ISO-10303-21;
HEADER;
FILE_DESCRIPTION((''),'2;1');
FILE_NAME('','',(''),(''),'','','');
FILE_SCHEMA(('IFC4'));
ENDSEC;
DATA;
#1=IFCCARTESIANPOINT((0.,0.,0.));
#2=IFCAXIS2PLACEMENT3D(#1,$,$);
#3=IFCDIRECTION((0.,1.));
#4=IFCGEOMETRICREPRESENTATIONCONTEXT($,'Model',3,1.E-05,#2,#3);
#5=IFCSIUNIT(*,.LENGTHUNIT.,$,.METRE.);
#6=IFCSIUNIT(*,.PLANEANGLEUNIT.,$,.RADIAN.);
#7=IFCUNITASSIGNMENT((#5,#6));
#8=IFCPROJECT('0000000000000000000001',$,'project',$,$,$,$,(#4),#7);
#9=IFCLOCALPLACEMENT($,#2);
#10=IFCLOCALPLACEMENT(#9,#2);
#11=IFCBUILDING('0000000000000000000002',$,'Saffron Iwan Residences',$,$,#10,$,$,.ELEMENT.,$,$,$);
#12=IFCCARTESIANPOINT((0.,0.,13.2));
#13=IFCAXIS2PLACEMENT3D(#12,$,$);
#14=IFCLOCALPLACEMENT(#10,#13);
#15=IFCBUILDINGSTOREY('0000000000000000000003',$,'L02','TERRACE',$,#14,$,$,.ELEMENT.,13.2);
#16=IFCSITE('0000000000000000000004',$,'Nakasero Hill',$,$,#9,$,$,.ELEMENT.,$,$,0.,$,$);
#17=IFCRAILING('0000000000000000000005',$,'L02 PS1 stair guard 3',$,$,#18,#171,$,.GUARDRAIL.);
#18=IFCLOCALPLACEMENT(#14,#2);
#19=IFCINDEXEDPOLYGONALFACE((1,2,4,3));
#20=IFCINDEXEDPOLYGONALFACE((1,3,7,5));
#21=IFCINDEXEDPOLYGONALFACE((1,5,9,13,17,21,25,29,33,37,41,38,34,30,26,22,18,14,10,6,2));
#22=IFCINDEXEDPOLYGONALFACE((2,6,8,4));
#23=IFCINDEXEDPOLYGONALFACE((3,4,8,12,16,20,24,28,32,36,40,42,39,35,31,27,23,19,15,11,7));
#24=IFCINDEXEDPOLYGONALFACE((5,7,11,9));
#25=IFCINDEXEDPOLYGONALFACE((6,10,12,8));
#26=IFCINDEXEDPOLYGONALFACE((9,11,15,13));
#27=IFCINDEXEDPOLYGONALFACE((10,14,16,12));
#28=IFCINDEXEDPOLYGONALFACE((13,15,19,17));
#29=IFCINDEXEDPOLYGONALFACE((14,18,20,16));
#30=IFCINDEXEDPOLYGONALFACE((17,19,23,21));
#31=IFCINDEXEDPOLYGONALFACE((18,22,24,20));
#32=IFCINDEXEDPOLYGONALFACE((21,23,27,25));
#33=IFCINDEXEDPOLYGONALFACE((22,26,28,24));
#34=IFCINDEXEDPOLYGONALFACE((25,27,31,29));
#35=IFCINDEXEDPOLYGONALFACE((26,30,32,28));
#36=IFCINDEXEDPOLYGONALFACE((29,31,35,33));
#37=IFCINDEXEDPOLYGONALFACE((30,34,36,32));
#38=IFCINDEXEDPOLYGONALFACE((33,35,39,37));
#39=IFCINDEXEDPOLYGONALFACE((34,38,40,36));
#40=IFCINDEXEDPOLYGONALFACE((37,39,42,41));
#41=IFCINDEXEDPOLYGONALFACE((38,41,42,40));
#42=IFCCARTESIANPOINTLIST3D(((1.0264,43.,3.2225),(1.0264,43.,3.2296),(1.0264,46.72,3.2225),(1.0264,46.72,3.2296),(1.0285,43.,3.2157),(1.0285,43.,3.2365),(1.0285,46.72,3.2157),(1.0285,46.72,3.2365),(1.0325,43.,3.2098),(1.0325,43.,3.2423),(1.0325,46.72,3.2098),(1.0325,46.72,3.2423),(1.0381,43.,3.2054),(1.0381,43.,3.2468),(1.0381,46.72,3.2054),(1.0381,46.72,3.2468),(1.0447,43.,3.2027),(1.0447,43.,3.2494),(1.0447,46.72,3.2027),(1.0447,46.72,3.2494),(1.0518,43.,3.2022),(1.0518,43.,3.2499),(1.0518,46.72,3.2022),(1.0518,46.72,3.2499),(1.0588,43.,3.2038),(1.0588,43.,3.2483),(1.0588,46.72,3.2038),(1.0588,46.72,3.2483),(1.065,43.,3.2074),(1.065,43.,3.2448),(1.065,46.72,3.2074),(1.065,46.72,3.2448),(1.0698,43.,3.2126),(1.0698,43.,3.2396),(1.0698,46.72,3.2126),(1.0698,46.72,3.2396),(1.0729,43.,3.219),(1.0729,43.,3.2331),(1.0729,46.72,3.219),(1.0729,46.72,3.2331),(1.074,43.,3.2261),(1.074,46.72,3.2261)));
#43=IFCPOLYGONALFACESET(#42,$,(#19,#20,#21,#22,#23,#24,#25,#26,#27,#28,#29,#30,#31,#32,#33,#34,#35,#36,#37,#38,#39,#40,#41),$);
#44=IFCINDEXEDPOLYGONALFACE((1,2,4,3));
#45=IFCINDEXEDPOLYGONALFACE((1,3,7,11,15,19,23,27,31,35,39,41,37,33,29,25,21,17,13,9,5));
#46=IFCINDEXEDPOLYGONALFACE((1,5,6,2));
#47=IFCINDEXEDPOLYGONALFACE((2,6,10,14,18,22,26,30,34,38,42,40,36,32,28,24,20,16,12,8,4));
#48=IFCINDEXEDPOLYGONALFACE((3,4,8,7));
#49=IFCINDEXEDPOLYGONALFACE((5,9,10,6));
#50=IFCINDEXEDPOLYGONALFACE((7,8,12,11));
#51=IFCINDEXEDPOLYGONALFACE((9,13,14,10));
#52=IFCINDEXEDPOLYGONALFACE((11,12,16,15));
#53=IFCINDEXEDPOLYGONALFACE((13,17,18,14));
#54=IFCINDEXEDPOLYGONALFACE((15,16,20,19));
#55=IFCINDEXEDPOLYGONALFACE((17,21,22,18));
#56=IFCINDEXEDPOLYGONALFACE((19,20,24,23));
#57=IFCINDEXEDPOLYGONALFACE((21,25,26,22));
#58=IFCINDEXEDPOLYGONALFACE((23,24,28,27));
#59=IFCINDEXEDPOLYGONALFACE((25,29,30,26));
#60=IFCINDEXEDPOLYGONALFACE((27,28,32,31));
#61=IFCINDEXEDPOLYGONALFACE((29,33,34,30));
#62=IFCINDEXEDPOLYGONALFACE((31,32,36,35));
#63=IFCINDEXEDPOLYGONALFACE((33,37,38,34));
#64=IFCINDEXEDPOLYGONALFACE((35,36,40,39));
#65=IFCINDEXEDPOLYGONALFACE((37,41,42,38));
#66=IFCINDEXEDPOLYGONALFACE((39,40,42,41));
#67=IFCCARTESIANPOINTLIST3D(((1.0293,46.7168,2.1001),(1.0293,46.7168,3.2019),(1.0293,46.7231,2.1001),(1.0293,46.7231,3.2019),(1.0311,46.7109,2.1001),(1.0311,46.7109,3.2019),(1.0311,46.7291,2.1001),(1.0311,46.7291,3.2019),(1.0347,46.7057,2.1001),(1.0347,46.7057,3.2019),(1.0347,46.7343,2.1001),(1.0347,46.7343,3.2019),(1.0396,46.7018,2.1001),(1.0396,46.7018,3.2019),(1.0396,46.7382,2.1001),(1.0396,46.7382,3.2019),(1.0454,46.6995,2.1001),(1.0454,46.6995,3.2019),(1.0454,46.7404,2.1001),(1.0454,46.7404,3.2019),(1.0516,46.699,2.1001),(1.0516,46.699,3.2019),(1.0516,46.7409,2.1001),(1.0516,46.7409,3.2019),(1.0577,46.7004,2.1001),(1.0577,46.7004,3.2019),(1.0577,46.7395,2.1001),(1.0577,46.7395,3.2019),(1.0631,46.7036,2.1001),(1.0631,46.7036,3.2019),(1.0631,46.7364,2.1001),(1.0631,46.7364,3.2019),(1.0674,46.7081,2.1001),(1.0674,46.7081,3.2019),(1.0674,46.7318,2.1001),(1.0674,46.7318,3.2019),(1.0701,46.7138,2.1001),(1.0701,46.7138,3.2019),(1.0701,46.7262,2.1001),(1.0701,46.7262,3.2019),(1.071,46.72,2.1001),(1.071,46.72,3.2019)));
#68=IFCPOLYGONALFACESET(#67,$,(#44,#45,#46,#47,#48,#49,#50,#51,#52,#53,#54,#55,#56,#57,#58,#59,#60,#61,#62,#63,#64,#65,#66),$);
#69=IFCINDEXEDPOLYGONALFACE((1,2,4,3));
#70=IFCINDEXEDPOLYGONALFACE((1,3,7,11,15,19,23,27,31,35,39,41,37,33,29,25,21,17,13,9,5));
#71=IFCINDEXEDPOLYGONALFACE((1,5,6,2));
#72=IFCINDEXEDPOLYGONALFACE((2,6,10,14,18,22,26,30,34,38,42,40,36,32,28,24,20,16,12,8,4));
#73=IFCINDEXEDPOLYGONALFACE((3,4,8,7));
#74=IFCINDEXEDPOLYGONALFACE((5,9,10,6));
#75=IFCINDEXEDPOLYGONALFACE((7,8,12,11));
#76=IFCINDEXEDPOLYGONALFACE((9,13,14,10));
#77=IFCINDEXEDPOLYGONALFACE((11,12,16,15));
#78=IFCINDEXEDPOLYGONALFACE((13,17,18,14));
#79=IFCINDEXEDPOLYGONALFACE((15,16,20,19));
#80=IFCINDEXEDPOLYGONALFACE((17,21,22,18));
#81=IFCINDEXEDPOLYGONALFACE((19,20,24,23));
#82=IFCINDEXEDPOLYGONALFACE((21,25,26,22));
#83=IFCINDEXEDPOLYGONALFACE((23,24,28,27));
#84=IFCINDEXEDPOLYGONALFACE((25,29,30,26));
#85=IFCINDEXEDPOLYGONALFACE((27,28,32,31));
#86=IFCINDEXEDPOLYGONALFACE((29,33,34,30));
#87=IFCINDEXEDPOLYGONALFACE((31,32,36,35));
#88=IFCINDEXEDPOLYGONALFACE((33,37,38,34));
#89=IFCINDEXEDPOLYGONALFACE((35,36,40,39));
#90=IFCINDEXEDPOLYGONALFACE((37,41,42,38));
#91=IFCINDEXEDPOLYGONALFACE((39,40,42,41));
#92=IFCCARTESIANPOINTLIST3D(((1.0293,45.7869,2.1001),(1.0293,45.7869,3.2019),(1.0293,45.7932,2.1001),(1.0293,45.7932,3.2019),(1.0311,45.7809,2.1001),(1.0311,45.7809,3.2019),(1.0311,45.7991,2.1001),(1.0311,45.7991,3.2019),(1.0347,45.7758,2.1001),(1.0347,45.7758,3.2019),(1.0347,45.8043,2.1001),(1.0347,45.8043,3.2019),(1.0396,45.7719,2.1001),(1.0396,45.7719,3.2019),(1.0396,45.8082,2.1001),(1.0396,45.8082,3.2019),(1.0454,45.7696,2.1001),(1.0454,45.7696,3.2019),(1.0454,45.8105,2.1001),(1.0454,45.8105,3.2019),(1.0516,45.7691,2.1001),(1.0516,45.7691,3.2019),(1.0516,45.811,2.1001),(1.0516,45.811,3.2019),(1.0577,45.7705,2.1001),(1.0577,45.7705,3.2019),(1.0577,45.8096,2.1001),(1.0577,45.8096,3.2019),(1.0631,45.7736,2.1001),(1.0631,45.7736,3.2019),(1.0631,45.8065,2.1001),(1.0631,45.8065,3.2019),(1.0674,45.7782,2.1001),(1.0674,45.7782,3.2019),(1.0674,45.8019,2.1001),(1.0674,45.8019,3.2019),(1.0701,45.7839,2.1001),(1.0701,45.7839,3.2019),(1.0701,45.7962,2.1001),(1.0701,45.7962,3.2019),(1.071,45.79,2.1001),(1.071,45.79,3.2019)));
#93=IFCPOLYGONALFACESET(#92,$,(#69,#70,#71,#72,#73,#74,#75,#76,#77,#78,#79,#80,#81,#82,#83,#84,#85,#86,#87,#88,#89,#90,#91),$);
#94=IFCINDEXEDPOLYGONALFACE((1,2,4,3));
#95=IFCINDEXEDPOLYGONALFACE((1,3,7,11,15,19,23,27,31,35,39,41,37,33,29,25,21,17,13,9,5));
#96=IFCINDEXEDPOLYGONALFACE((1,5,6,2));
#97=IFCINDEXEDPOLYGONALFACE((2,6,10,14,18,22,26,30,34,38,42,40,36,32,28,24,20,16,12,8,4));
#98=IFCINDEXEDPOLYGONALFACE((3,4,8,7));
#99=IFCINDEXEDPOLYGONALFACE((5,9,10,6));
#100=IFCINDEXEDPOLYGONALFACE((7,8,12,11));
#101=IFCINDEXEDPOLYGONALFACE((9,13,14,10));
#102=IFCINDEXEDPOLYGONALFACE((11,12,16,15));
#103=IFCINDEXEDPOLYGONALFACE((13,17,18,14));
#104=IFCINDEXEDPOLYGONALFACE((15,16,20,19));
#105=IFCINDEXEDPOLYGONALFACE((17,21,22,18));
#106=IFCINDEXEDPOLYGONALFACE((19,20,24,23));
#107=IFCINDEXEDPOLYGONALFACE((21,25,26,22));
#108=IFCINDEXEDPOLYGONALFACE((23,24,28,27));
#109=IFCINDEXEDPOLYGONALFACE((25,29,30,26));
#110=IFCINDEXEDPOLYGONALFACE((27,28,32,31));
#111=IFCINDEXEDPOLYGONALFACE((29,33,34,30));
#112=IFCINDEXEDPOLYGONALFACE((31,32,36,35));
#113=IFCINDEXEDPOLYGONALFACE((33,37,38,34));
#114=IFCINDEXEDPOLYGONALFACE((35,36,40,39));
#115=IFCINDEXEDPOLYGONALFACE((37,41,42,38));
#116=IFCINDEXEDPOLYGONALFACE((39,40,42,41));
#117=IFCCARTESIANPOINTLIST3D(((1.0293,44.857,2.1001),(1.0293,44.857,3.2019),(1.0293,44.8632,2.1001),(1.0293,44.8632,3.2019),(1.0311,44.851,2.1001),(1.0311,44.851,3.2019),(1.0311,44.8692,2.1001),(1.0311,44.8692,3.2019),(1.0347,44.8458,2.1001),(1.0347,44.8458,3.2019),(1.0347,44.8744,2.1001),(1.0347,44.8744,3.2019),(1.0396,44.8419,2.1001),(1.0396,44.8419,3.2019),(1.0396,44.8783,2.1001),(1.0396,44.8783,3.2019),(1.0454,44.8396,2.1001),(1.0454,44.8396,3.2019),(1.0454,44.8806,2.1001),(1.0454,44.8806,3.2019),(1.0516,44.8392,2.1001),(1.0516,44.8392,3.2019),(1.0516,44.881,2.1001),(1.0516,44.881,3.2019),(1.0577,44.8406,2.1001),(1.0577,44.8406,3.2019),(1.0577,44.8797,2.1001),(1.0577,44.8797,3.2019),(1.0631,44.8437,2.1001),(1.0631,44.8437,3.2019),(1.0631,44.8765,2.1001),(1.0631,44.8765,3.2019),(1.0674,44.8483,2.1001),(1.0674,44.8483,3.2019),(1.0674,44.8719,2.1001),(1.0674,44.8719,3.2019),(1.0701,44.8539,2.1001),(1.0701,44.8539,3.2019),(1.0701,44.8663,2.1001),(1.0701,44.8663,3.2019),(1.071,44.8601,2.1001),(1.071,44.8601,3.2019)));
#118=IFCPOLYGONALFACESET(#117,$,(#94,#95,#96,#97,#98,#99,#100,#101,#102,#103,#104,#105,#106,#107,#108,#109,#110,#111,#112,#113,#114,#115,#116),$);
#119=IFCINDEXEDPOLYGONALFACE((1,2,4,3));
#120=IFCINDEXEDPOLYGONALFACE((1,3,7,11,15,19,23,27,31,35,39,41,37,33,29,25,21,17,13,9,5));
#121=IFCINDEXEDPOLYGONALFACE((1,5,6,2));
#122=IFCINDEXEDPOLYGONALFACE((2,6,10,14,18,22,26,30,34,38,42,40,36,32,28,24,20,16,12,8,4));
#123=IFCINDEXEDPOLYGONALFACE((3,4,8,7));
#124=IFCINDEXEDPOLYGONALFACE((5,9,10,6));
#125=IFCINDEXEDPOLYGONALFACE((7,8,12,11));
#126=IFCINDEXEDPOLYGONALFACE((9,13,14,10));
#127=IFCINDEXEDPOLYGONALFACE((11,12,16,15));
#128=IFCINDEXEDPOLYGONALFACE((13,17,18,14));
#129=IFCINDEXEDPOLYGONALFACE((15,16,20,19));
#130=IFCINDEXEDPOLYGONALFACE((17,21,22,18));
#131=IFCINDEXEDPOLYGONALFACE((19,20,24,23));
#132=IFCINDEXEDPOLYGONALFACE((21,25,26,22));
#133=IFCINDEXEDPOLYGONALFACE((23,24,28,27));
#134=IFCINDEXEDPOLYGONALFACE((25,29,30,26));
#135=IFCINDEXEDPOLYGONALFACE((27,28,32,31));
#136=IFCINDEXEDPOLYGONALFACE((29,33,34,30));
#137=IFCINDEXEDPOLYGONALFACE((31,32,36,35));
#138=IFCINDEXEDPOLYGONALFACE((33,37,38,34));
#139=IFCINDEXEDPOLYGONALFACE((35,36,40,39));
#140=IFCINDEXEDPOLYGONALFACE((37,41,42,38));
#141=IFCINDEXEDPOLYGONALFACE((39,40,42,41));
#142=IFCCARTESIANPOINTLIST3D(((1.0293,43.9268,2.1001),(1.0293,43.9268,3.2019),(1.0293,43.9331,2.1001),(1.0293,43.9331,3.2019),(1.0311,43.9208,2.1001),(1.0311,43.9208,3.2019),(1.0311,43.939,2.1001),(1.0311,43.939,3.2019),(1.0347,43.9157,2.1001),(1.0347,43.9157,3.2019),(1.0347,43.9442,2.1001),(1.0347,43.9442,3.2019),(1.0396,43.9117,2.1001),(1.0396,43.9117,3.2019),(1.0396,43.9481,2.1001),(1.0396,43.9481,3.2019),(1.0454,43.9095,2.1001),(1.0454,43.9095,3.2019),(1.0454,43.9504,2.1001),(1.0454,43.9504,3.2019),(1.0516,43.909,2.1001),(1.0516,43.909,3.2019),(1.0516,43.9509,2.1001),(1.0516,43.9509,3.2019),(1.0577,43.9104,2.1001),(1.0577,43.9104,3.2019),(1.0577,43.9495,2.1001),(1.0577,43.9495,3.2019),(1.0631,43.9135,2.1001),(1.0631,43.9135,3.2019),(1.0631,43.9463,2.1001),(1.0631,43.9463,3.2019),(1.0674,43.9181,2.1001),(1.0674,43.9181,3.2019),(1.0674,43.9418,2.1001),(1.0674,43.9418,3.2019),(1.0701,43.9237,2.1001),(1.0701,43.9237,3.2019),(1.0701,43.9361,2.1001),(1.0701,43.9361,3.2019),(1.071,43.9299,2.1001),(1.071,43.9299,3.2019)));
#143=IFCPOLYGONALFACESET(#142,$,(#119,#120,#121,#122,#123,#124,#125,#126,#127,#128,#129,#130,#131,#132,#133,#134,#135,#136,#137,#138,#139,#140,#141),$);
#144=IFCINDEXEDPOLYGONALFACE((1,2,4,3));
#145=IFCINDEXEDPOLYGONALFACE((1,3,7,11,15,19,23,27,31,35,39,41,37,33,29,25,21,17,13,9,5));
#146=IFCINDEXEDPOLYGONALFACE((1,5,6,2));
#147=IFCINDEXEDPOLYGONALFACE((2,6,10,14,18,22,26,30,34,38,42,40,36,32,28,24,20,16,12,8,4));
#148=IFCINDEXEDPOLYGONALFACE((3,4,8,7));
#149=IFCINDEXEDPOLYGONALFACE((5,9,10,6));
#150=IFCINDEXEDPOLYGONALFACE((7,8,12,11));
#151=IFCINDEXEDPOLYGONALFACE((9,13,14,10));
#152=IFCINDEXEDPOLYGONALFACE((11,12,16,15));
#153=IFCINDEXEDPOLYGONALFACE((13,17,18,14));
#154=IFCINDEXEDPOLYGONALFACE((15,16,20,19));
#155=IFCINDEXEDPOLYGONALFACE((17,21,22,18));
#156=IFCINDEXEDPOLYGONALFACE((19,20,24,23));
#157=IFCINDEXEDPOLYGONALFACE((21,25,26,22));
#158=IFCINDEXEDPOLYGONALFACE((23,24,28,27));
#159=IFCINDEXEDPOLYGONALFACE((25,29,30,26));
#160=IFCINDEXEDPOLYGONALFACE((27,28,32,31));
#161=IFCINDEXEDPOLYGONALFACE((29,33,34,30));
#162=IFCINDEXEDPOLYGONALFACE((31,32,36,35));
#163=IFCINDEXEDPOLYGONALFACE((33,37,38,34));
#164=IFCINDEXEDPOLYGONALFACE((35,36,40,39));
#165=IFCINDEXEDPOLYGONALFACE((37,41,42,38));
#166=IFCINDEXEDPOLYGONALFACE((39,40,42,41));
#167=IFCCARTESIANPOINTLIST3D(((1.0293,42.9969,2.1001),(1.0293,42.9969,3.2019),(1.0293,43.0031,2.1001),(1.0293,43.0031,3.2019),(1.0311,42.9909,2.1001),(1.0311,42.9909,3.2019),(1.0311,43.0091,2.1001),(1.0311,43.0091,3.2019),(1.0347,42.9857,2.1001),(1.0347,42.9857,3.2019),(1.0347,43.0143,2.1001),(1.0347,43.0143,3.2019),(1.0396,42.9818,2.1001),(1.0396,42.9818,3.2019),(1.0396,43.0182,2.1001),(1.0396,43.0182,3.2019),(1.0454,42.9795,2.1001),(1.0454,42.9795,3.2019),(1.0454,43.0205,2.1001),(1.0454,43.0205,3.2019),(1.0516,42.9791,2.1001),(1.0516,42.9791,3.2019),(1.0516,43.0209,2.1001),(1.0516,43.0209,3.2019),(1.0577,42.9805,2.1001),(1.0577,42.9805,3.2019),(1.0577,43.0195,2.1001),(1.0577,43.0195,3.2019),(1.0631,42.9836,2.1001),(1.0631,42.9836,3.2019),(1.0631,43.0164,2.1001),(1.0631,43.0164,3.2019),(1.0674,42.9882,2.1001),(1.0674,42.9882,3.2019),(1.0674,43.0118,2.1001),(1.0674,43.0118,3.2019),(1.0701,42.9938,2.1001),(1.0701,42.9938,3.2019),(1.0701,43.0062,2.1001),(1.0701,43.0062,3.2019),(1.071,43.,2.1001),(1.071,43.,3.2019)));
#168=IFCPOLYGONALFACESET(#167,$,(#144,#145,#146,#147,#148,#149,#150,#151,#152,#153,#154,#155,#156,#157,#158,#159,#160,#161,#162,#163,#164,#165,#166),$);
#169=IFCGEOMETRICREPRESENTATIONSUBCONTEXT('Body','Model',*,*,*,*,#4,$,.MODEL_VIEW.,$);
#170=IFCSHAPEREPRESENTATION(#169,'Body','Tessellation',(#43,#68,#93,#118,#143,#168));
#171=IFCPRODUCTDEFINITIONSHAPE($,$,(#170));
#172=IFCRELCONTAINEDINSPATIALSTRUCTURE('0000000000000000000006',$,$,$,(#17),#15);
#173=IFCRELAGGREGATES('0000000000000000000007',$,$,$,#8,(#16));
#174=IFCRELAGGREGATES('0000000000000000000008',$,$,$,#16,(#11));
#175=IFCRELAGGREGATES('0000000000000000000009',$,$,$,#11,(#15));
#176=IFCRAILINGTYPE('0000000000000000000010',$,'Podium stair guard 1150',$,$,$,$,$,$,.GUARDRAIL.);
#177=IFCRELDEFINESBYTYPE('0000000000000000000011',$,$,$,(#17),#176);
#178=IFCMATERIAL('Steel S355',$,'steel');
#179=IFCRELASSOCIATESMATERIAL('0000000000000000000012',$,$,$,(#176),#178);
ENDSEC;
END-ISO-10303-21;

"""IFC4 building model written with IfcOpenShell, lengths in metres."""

from ifc_helpers import new_model, si_unit, direction, frame, origin, origin_2d, place, context, subcontext, project, spatial, circle, extrude, material, type_object, element, save


model = new_model("IFC4")

# Units and contexts
model_context = context("Model", 3, precision=1e-05, world=origin(), true_north=direction((0.0, 1.0)))
body_context = subcontext(model_context, "Body", "Model", "MODEL_VIEW")
ifc_project = project(units=[si_unit("LENGTHUNIT", "METRE"), si_unit("PLANEANGLEUNIT", "RADIAN")], contexts=[model_context])

# Site, building, storey
site_placement = place(None, origin())
site = spatial("IfcSite", under=ifc_project, at=site_placement, Name="Nakasero Hill", CompositionType="ELEMENT", RefElevation=0.0)
building_placement = place(site_placement, origin())
building = spatial("IfcBuilding", under=site, at=building_placement, Name="Saffron Iwan Residences", CompositionType="ELEMENT")
storey_placement = place(building_placement, frame((0.0, 0.0, 13.2)))
storey = spatial("IfcBuildingStorey", under=building, at=storey_placement, Name="L02", Description="TERRACE", CompositionType="ELEMENT", Elevation=13.2)

# Railing
ifc_material_1 = material(Name="Steel S355", Category="steel")
railing_type_1 = type_object("IfcRailingType", Name="Podium stair guard 1150", PredefinedType="GUARDRAIL", material=ifc_material_1)
railing_1_placement = place(storey_placement, frame((1.05, 46.72, 2.1001)))
element("IfcRailing", 1, at=railing_1_placement, inside=storey, type_object=railing_type_1, Name="L02 PS1 stair guard 3", PredefinedType="GUARDRAIL", context=body_context, shape_type="SweptSolid", body=[
    extrude(circle(Radius=0.0239, at=origin_2d()), frame((0.0, 0.0, 1.126), z_axis=(0.0, -1.0, 0.0), x_axis=(1.0, 0.0, 0.0)), (0.0, 0.0, 1.0), 3.72),
    extrude(circle(Radius=0.021, at=origin_2d()), origin(), (0.0, 0.0, 1.0), 1.1018),
    extrude(circle(Radius=0.021, at=origin_2d()), frame((0.0, -0.9299, 0.0)), (0.0, 0.0, 1.0), 1.1018),
    extrude(circle(Radius=0.021, at=origin_2d()), frame((0.0, -1.8599, 0.0)), (0.0, 0.0, 1.0), 1.1018),
    extrude(circle(Radius=0.021, at=origin_2d()), frame((0.0, -2.79, 0.0)), (0.0, 0.0, 1.0), 1.1018),
    extrude(circle(Radius=0.021, at=origin_2d()), frame((0.0, -3.72, 0.0)), (0.0, 0.0, 1.0), 1.1018),
])

save(model, "model.ifc")
